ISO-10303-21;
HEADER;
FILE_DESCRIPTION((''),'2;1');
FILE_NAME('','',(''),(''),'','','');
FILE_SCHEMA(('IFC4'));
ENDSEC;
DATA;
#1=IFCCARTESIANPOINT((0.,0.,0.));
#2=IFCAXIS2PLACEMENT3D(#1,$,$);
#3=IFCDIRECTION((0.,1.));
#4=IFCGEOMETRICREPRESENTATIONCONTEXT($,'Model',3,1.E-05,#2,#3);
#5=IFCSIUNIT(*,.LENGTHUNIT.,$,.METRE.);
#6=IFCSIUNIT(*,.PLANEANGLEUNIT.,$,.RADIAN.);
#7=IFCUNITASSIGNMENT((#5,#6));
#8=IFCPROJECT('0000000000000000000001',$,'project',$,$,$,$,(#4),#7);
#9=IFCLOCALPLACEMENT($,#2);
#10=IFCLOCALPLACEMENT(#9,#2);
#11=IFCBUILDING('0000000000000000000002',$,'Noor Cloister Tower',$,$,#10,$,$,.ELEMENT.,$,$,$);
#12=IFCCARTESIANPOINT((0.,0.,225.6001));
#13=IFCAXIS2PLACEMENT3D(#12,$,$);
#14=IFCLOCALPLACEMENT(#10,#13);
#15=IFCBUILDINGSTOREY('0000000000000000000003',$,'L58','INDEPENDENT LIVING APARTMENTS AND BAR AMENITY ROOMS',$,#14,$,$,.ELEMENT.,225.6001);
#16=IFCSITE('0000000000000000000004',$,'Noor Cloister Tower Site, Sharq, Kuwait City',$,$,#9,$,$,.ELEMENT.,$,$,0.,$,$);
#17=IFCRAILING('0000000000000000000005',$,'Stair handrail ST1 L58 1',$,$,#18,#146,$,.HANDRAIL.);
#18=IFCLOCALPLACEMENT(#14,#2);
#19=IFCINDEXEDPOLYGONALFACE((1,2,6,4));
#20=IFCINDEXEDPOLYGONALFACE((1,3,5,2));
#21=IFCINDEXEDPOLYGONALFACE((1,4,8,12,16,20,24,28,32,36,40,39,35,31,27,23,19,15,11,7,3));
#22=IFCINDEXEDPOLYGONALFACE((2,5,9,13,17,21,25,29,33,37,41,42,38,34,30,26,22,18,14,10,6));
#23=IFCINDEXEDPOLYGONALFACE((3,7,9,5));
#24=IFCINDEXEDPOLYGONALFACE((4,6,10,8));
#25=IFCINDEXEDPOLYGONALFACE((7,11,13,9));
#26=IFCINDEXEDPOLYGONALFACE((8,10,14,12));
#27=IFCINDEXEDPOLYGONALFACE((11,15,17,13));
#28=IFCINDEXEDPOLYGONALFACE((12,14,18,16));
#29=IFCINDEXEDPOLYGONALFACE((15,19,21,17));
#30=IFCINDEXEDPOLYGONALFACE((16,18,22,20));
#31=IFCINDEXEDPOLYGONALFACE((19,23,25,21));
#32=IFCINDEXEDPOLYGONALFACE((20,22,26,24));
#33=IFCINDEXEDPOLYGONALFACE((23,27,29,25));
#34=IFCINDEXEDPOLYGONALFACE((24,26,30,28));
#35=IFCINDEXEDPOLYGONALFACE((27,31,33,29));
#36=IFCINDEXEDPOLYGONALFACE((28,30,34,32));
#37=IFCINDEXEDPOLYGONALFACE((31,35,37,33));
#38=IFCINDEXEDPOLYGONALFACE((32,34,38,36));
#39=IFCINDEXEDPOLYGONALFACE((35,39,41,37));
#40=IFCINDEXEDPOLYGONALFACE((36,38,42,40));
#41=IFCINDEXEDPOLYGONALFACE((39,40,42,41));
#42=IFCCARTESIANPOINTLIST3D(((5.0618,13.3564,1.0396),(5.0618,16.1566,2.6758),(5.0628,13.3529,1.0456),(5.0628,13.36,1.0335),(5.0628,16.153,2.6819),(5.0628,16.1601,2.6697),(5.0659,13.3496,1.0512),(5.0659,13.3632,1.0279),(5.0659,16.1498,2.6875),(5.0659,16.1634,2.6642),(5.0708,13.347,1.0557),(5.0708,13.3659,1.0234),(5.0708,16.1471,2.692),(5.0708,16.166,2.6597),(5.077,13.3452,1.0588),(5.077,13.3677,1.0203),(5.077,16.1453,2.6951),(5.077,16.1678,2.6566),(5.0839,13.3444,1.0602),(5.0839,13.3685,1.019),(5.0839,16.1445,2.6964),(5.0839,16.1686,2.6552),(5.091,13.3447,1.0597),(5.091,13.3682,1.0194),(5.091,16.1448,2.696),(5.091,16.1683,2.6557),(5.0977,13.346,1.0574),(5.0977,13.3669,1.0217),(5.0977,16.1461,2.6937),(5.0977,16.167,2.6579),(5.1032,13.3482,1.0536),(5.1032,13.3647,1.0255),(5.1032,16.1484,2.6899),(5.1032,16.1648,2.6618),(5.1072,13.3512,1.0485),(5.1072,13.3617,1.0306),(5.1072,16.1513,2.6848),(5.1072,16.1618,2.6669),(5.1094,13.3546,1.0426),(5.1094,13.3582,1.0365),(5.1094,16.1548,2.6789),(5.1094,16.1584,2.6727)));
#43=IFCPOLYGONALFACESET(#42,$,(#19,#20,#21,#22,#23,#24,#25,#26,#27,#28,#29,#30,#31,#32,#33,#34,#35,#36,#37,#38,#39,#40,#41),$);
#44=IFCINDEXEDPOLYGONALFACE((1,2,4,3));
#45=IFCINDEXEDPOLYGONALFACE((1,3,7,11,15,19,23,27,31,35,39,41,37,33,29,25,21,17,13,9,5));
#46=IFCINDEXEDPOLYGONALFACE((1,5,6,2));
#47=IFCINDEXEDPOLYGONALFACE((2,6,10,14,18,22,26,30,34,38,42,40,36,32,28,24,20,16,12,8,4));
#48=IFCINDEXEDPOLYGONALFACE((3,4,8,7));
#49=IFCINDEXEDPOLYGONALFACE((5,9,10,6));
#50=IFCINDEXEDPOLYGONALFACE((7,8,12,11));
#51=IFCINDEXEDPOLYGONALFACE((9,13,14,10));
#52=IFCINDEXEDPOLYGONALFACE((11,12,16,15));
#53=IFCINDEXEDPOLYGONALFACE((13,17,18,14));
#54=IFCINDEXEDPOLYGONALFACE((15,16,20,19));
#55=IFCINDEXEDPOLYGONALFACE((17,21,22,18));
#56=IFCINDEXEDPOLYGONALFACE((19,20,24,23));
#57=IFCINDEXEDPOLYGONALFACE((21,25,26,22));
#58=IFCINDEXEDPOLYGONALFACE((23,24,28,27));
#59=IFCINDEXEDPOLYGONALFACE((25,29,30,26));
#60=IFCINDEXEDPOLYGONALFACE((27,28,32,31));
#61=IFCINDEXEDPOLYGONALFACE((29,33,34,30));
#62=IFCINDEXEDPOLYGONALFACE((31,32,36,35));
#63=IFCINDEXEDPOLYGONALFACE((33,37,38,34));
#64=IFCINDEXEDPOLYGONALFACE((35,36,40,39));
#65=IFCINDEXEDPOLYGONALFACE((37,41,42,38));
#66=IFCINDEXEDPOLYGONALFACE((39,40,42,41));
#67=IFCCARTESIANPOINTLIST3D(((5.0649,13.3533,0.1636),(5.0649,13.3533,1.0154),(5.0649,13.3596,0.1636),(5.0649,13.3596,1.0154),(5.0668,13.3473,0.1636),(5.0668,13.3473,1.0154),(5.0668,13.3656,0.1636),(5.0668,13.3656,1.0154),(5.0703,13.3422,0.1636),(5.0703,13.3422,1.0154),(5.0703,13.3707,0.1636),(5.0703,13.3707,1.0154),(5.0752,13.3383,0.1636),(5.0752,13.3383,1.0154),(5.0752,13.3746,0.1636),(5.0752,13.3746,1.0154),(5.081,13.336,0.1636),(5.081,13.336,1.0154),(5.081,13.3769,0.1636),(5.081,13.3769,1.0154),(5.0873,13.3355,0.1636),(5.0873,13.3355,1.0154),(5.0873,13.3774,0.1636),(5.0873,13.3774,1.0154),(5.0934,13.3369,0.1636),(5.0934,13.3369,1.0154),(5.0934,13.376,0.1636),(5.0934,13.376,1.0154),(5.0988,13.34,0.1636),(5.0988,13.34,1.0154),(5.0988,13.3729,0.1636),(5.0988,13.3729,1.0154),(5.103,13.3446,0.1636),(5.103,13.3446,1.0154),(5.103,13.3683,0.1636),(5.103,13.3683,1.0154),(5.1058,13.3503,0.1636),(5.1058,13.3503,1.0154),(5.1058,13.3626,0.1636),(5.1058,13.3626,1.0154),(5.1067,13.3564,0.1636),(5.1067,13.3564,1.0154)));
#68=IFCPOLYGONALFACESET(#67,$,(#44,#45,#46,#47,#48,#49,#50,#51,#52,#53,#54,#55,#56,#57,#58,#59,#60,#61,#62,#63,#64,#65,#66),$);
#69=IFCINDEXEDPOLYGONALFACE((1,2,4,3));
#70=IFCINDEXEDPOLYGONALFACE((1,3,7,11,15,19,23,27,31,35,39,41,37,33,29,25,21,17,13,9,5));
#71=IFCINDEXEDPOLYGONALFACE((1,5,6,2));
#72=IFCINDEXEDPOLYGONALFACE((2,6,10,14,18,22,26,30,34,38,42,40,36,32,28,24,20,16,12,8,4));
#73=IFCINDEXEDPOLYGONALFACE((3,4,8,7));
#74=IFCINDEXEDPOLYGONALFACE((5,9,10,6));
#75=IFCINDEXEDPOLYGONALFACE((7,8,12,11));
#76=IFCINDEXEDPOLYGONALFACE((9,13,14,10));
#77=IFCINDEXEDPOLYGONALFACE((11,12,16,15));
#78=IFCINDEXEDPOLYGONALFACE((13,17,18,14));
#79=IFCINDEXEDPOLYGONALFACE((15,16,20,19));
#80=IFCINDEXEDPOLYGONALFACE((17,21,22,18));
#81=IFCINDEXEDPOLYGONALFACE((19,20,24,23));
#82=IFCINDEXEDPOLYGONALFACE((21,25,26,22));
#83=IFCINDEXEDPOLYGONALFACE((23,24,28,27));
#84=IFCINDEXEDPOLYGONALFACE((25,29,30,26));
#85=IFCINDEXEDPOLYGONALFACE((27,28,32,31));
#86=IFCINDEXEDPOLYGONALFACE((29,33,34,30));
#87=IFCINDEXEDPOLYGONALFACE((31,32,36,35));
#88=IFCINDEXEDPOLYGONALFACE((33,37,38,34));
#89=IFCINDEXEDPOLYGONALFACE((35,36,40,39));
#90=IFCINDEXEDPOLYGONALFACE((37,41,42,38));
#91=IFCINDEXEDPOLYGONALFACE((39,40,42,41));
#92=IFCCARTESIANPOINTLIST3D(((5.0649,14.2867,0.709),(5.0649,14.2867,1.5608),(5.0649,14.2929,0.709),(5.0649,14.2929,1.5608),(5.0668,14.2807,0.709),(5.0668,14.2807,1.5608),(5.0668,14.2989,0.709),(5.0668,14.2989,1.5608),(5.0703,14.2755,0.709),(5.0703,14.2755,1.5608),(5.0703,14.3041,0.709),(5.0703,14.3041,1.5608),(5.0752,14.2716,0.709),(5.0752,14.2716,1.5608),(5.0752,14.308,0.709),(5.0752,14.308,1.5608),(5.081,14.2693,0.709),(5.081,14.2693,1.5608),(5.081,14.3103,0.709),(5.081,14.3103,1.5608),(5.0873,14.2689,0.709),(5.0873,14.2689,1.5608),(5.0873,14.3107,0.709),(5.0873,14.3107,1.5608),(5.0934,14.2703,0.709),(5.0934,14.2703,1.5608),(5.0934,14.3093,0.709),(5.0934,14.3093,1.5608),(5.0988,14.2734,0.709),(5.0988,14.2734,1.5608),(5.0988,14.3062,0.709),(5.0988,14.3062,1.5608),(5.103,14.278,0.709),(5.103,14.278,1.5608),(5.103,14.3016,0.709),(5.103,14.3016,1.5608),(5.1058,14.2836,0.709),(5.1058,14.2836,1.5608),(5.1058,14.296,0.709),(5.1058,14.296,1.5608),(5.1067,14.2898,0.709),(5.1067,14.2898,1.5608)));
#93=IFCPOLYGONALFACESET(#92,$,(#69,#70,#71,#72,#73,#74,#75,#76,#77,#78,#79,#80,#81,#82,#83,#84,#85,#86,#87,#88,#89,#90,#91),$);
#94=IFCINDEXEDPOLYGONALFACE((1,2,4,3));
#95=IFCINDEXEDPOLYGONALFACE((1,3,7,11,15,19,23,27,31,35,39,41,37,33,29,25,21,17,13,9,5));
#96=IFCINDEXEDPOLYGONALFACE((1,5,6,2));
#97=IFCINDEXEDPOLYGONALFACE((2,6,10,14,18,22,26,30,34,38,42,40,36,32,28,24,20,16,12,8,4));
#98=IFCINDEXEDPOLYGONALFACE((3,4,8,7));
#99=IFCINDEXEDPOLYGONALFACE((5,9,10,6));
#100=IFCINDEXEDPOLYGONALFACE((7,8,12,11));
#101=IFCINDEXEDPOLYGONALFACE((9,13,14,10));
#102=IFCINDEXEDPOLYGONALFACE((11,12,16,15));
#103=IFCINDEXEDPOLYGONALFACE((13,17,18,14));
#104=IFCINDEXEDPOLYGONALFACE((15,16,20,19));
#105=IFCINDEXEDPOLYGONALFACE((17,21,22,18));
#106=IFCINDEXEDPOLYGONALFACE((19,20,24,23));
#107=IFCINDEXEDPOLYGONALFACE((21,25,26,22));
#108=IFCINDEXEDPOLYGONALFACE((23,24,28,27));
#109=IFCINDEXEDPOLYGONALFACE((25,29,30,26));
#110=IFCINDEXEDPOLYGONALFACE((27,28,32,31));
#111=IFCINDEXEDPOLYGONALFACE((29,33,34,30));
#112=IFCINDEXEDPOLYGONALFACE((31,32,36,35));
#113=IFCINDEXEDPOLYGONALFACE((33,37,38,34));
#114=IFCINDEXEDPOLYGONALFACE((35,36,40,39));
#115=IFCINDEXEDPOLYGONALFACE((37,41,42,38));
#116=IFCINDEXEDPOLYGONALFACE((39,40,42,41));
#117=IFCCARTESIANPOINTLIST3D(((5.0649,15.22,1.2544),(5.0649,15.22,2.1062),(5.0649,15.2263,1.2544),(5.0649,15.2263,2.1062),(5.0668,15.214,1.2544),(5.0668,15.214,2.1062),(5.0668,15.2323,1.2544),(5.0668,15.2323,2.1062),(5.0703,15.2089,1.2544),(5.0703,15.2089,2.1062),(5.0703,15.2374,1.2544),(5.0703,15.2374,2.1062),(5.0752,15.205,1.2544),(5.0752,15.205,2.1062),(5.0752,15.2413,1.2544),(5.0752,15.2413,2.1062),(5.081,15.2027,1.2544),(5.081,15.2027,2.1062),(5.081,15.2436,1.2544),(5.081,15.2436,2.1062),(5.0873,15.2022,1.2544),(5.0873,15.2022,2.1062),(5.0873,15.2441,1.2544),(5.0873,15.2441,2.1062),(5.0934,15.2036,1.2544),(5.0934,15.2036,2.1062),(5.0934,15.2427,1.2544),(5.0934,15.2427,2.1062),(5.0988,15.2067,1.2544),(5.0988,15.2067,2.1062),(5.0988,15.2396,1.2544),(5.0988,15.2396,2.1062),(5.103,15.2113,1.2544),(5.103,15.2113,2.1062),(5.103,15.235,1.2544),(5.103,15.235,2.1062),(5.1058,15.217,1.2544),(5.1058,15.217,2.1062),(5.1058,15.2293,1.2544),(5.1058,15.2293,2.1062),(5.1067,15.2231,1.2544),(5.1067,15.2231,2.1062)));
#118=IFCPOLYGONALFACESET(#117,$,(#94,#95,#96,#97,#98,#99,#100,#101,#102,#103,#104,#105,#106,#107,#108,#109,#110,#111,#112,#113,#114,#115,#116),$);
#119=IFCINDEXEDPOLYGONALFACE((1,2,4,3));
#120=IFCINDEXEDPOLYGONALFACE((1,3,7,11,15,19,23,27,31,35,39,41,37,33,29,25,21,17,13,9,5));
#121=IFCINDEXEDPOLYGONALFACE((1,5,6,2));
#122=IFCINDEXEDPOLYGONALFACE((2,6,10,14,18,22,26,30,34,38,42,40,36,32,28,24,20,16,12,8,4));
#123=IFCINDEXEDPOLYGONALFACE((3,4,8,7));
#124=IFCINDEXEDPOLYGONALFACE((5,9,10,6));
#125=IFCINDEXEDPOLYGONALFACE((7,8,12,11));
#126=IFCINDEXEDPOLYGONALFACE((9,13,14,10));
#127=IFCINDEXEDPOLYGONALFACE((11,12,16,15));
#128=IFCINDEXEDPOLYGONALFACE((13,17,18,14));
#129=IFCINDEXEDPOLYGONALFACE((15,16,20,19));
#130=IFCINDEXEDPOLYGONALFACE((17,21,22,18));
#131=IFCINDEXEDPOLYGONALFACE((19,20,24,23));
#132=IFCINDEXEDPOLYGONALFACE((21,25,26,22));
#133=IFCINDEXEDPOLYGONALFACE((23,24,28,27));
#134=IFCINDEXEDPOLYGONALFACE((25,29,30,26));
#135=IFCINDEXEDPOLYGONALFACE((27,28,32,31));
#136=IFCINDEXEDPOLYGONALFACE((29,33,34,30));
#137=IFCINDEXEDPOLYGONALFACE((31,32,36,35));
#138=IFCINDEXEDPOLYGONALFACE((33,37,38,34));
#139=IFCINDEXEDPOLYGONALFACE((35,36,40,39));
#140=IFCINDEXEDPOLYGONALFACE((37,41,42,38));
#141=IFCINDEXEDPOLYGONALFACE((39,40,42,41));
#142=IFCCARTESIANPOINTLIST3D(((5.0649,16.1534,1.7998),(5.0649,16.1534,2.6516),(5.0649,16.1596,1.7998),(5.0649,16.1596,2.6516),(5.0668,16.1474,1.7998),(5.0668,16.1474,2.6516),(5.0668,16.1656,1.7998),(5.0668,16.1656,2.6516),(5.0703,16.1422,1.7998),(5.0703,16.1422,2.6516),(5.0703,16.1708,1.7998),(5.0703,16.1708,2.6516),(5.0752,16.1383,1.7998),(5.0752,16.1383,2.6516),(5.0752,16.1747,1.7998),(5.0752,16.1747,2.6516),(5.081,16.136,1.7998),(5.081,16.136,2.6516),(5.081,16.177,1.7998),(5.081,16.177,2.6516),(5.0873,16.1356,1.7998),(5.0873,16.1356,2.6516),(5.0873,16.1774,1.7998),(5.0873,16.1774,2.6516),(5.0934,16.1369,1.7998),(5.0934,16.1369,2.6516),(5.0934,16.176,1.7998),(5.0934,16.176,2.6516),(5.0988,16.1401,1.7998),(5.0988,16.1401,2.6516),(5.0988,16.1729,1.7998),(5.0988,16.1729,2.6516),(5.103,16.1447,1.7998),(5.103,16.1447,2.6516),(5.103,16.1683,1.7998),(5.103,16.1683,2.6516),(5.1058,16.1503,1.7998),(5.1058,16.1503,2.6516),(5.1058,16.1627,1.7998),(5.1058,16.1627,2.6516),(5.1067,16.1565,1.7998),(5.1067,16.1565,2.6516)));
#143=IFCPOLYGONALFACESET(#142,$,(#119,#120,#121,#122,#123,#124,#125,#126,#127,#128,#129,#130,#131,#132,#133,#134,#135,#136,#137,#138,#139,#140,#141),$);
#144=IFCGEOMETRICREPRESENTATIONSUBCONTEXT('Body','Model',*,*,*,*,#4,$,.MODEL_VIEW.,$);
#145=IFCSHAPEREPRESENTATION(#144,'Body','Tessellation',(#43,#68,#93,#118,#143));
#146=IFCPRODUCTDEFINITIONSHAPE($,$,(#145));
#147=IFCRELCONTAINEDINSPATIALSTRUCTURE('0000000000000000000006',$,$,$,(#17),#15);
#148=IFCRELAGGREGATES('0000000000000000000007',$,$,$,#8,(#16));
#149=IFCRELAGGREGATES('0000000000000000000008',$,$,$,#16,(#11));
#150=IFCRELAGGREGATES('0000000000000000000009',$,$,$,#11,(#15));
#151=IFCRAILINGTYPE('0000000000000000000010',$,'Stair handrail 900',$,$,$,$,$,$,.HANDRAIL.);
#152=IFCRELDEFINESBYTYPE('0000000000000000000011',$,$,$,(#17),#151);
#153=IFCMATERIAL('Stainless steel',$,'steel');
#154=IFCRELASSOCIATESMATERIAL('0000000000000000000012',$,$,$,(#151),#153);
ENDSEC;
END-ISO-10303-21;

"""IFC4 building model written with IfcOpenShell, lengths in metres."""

from ifc_helpers import new_model, si_unit, direction, frame, origin, origin_2d, place, context, subcontext, project, spatial, circle, extrude, material, type_object, element, save


model = new_model("IFC4")

# Units and contexts
model_context = context("Model", 3, precision=1e-05, world=origin(), true_north=direction((0.0, 1.0)))
body_context = subcontext(model_context, "Body", "Model", "MODEL_VIEW")
ifc_project = project(units=[si_unit("LENGTHUNIT", "METRE"), si_unit("PLANEANGLEUNIT", "RADIAN")], contexts=[model_context])

# Site, building, storey
site_placement = place(None, origin())
site = spatial("IfcSite", under=ifc_project, at=site_placement, Name="Noor Cloister Tower Site, Sharq, Kuwait City", CompositionType="ELEMENT", RefElevation=0.0)
building_placement = place(site_placement, origin())
building = spatial("IfcBuilding", under=site, at=building_placement, Name="Noor Cloister Tower", CompositionType="ELEMENT")
storey_placement = place(building_placement, frame((0.0, 0.0, 225.6001)))
storey = spatial("IfcBuildingStorey", under=building, at=storey_placement, Name="L58", Description="INDEPENDENT LIVING APARTMENTS AND BAR AMENITY ROOMS", CompositionType="ELEMENT", Elevation=225.6001)

# Railing
ifc_material_1 = material(Name="Stainless steel", Category="steel")
railing_type_1 = type_object("IfcRailingType", Name="Stair handrail 900", PredefinedType="HANDRAIL", material=ifc_material_1)
railing_1_placement = place(storey_placement, frame((5.0857, 13.3564, 0.1636)))
element("IfcRailing", 1, at=railing_1_placement, inside=storey, type_object=railing_type_1, Name="Stair handrail ST1 L58 1", PredefinedType="HANDRAIL", context=body_context, shape_type="SweptSolid", body=[
    extrude(circle(Radius=0.0239, at=origin_2d()), frame((0.0, 0.0, 0.876), z_axis=(0.0, 0.863394, 0.504531), x_axis=(-1.0, 0.0, 0.0)), (0.0, 0.0, 1.0), 3.2432),
    extrude(circle(Radius=0.021, at=origin_2d()), origin(), (0.0, 0.0, 1.0), 0.8518),
    extrude(circle(Radius=0.021, at=origin_2d()), frame((0.0, 0.9333, 0.5454)), (0.0, 0.0, 1.0), 0.8518),
    extrude(circle(Radius=0.021, at=origin_2d()), frame((0.0, 1.8667, 1.0908)), (0.0, 0.0, 1.0), 0.8518),
    extrude(circle(Radius=0.021, at=origin_2d()), frame((0.0, 2.8, 1.6362)), (0.0, 0.0, 1.0), 0.8518),
])

save(model, "model.ifc")
